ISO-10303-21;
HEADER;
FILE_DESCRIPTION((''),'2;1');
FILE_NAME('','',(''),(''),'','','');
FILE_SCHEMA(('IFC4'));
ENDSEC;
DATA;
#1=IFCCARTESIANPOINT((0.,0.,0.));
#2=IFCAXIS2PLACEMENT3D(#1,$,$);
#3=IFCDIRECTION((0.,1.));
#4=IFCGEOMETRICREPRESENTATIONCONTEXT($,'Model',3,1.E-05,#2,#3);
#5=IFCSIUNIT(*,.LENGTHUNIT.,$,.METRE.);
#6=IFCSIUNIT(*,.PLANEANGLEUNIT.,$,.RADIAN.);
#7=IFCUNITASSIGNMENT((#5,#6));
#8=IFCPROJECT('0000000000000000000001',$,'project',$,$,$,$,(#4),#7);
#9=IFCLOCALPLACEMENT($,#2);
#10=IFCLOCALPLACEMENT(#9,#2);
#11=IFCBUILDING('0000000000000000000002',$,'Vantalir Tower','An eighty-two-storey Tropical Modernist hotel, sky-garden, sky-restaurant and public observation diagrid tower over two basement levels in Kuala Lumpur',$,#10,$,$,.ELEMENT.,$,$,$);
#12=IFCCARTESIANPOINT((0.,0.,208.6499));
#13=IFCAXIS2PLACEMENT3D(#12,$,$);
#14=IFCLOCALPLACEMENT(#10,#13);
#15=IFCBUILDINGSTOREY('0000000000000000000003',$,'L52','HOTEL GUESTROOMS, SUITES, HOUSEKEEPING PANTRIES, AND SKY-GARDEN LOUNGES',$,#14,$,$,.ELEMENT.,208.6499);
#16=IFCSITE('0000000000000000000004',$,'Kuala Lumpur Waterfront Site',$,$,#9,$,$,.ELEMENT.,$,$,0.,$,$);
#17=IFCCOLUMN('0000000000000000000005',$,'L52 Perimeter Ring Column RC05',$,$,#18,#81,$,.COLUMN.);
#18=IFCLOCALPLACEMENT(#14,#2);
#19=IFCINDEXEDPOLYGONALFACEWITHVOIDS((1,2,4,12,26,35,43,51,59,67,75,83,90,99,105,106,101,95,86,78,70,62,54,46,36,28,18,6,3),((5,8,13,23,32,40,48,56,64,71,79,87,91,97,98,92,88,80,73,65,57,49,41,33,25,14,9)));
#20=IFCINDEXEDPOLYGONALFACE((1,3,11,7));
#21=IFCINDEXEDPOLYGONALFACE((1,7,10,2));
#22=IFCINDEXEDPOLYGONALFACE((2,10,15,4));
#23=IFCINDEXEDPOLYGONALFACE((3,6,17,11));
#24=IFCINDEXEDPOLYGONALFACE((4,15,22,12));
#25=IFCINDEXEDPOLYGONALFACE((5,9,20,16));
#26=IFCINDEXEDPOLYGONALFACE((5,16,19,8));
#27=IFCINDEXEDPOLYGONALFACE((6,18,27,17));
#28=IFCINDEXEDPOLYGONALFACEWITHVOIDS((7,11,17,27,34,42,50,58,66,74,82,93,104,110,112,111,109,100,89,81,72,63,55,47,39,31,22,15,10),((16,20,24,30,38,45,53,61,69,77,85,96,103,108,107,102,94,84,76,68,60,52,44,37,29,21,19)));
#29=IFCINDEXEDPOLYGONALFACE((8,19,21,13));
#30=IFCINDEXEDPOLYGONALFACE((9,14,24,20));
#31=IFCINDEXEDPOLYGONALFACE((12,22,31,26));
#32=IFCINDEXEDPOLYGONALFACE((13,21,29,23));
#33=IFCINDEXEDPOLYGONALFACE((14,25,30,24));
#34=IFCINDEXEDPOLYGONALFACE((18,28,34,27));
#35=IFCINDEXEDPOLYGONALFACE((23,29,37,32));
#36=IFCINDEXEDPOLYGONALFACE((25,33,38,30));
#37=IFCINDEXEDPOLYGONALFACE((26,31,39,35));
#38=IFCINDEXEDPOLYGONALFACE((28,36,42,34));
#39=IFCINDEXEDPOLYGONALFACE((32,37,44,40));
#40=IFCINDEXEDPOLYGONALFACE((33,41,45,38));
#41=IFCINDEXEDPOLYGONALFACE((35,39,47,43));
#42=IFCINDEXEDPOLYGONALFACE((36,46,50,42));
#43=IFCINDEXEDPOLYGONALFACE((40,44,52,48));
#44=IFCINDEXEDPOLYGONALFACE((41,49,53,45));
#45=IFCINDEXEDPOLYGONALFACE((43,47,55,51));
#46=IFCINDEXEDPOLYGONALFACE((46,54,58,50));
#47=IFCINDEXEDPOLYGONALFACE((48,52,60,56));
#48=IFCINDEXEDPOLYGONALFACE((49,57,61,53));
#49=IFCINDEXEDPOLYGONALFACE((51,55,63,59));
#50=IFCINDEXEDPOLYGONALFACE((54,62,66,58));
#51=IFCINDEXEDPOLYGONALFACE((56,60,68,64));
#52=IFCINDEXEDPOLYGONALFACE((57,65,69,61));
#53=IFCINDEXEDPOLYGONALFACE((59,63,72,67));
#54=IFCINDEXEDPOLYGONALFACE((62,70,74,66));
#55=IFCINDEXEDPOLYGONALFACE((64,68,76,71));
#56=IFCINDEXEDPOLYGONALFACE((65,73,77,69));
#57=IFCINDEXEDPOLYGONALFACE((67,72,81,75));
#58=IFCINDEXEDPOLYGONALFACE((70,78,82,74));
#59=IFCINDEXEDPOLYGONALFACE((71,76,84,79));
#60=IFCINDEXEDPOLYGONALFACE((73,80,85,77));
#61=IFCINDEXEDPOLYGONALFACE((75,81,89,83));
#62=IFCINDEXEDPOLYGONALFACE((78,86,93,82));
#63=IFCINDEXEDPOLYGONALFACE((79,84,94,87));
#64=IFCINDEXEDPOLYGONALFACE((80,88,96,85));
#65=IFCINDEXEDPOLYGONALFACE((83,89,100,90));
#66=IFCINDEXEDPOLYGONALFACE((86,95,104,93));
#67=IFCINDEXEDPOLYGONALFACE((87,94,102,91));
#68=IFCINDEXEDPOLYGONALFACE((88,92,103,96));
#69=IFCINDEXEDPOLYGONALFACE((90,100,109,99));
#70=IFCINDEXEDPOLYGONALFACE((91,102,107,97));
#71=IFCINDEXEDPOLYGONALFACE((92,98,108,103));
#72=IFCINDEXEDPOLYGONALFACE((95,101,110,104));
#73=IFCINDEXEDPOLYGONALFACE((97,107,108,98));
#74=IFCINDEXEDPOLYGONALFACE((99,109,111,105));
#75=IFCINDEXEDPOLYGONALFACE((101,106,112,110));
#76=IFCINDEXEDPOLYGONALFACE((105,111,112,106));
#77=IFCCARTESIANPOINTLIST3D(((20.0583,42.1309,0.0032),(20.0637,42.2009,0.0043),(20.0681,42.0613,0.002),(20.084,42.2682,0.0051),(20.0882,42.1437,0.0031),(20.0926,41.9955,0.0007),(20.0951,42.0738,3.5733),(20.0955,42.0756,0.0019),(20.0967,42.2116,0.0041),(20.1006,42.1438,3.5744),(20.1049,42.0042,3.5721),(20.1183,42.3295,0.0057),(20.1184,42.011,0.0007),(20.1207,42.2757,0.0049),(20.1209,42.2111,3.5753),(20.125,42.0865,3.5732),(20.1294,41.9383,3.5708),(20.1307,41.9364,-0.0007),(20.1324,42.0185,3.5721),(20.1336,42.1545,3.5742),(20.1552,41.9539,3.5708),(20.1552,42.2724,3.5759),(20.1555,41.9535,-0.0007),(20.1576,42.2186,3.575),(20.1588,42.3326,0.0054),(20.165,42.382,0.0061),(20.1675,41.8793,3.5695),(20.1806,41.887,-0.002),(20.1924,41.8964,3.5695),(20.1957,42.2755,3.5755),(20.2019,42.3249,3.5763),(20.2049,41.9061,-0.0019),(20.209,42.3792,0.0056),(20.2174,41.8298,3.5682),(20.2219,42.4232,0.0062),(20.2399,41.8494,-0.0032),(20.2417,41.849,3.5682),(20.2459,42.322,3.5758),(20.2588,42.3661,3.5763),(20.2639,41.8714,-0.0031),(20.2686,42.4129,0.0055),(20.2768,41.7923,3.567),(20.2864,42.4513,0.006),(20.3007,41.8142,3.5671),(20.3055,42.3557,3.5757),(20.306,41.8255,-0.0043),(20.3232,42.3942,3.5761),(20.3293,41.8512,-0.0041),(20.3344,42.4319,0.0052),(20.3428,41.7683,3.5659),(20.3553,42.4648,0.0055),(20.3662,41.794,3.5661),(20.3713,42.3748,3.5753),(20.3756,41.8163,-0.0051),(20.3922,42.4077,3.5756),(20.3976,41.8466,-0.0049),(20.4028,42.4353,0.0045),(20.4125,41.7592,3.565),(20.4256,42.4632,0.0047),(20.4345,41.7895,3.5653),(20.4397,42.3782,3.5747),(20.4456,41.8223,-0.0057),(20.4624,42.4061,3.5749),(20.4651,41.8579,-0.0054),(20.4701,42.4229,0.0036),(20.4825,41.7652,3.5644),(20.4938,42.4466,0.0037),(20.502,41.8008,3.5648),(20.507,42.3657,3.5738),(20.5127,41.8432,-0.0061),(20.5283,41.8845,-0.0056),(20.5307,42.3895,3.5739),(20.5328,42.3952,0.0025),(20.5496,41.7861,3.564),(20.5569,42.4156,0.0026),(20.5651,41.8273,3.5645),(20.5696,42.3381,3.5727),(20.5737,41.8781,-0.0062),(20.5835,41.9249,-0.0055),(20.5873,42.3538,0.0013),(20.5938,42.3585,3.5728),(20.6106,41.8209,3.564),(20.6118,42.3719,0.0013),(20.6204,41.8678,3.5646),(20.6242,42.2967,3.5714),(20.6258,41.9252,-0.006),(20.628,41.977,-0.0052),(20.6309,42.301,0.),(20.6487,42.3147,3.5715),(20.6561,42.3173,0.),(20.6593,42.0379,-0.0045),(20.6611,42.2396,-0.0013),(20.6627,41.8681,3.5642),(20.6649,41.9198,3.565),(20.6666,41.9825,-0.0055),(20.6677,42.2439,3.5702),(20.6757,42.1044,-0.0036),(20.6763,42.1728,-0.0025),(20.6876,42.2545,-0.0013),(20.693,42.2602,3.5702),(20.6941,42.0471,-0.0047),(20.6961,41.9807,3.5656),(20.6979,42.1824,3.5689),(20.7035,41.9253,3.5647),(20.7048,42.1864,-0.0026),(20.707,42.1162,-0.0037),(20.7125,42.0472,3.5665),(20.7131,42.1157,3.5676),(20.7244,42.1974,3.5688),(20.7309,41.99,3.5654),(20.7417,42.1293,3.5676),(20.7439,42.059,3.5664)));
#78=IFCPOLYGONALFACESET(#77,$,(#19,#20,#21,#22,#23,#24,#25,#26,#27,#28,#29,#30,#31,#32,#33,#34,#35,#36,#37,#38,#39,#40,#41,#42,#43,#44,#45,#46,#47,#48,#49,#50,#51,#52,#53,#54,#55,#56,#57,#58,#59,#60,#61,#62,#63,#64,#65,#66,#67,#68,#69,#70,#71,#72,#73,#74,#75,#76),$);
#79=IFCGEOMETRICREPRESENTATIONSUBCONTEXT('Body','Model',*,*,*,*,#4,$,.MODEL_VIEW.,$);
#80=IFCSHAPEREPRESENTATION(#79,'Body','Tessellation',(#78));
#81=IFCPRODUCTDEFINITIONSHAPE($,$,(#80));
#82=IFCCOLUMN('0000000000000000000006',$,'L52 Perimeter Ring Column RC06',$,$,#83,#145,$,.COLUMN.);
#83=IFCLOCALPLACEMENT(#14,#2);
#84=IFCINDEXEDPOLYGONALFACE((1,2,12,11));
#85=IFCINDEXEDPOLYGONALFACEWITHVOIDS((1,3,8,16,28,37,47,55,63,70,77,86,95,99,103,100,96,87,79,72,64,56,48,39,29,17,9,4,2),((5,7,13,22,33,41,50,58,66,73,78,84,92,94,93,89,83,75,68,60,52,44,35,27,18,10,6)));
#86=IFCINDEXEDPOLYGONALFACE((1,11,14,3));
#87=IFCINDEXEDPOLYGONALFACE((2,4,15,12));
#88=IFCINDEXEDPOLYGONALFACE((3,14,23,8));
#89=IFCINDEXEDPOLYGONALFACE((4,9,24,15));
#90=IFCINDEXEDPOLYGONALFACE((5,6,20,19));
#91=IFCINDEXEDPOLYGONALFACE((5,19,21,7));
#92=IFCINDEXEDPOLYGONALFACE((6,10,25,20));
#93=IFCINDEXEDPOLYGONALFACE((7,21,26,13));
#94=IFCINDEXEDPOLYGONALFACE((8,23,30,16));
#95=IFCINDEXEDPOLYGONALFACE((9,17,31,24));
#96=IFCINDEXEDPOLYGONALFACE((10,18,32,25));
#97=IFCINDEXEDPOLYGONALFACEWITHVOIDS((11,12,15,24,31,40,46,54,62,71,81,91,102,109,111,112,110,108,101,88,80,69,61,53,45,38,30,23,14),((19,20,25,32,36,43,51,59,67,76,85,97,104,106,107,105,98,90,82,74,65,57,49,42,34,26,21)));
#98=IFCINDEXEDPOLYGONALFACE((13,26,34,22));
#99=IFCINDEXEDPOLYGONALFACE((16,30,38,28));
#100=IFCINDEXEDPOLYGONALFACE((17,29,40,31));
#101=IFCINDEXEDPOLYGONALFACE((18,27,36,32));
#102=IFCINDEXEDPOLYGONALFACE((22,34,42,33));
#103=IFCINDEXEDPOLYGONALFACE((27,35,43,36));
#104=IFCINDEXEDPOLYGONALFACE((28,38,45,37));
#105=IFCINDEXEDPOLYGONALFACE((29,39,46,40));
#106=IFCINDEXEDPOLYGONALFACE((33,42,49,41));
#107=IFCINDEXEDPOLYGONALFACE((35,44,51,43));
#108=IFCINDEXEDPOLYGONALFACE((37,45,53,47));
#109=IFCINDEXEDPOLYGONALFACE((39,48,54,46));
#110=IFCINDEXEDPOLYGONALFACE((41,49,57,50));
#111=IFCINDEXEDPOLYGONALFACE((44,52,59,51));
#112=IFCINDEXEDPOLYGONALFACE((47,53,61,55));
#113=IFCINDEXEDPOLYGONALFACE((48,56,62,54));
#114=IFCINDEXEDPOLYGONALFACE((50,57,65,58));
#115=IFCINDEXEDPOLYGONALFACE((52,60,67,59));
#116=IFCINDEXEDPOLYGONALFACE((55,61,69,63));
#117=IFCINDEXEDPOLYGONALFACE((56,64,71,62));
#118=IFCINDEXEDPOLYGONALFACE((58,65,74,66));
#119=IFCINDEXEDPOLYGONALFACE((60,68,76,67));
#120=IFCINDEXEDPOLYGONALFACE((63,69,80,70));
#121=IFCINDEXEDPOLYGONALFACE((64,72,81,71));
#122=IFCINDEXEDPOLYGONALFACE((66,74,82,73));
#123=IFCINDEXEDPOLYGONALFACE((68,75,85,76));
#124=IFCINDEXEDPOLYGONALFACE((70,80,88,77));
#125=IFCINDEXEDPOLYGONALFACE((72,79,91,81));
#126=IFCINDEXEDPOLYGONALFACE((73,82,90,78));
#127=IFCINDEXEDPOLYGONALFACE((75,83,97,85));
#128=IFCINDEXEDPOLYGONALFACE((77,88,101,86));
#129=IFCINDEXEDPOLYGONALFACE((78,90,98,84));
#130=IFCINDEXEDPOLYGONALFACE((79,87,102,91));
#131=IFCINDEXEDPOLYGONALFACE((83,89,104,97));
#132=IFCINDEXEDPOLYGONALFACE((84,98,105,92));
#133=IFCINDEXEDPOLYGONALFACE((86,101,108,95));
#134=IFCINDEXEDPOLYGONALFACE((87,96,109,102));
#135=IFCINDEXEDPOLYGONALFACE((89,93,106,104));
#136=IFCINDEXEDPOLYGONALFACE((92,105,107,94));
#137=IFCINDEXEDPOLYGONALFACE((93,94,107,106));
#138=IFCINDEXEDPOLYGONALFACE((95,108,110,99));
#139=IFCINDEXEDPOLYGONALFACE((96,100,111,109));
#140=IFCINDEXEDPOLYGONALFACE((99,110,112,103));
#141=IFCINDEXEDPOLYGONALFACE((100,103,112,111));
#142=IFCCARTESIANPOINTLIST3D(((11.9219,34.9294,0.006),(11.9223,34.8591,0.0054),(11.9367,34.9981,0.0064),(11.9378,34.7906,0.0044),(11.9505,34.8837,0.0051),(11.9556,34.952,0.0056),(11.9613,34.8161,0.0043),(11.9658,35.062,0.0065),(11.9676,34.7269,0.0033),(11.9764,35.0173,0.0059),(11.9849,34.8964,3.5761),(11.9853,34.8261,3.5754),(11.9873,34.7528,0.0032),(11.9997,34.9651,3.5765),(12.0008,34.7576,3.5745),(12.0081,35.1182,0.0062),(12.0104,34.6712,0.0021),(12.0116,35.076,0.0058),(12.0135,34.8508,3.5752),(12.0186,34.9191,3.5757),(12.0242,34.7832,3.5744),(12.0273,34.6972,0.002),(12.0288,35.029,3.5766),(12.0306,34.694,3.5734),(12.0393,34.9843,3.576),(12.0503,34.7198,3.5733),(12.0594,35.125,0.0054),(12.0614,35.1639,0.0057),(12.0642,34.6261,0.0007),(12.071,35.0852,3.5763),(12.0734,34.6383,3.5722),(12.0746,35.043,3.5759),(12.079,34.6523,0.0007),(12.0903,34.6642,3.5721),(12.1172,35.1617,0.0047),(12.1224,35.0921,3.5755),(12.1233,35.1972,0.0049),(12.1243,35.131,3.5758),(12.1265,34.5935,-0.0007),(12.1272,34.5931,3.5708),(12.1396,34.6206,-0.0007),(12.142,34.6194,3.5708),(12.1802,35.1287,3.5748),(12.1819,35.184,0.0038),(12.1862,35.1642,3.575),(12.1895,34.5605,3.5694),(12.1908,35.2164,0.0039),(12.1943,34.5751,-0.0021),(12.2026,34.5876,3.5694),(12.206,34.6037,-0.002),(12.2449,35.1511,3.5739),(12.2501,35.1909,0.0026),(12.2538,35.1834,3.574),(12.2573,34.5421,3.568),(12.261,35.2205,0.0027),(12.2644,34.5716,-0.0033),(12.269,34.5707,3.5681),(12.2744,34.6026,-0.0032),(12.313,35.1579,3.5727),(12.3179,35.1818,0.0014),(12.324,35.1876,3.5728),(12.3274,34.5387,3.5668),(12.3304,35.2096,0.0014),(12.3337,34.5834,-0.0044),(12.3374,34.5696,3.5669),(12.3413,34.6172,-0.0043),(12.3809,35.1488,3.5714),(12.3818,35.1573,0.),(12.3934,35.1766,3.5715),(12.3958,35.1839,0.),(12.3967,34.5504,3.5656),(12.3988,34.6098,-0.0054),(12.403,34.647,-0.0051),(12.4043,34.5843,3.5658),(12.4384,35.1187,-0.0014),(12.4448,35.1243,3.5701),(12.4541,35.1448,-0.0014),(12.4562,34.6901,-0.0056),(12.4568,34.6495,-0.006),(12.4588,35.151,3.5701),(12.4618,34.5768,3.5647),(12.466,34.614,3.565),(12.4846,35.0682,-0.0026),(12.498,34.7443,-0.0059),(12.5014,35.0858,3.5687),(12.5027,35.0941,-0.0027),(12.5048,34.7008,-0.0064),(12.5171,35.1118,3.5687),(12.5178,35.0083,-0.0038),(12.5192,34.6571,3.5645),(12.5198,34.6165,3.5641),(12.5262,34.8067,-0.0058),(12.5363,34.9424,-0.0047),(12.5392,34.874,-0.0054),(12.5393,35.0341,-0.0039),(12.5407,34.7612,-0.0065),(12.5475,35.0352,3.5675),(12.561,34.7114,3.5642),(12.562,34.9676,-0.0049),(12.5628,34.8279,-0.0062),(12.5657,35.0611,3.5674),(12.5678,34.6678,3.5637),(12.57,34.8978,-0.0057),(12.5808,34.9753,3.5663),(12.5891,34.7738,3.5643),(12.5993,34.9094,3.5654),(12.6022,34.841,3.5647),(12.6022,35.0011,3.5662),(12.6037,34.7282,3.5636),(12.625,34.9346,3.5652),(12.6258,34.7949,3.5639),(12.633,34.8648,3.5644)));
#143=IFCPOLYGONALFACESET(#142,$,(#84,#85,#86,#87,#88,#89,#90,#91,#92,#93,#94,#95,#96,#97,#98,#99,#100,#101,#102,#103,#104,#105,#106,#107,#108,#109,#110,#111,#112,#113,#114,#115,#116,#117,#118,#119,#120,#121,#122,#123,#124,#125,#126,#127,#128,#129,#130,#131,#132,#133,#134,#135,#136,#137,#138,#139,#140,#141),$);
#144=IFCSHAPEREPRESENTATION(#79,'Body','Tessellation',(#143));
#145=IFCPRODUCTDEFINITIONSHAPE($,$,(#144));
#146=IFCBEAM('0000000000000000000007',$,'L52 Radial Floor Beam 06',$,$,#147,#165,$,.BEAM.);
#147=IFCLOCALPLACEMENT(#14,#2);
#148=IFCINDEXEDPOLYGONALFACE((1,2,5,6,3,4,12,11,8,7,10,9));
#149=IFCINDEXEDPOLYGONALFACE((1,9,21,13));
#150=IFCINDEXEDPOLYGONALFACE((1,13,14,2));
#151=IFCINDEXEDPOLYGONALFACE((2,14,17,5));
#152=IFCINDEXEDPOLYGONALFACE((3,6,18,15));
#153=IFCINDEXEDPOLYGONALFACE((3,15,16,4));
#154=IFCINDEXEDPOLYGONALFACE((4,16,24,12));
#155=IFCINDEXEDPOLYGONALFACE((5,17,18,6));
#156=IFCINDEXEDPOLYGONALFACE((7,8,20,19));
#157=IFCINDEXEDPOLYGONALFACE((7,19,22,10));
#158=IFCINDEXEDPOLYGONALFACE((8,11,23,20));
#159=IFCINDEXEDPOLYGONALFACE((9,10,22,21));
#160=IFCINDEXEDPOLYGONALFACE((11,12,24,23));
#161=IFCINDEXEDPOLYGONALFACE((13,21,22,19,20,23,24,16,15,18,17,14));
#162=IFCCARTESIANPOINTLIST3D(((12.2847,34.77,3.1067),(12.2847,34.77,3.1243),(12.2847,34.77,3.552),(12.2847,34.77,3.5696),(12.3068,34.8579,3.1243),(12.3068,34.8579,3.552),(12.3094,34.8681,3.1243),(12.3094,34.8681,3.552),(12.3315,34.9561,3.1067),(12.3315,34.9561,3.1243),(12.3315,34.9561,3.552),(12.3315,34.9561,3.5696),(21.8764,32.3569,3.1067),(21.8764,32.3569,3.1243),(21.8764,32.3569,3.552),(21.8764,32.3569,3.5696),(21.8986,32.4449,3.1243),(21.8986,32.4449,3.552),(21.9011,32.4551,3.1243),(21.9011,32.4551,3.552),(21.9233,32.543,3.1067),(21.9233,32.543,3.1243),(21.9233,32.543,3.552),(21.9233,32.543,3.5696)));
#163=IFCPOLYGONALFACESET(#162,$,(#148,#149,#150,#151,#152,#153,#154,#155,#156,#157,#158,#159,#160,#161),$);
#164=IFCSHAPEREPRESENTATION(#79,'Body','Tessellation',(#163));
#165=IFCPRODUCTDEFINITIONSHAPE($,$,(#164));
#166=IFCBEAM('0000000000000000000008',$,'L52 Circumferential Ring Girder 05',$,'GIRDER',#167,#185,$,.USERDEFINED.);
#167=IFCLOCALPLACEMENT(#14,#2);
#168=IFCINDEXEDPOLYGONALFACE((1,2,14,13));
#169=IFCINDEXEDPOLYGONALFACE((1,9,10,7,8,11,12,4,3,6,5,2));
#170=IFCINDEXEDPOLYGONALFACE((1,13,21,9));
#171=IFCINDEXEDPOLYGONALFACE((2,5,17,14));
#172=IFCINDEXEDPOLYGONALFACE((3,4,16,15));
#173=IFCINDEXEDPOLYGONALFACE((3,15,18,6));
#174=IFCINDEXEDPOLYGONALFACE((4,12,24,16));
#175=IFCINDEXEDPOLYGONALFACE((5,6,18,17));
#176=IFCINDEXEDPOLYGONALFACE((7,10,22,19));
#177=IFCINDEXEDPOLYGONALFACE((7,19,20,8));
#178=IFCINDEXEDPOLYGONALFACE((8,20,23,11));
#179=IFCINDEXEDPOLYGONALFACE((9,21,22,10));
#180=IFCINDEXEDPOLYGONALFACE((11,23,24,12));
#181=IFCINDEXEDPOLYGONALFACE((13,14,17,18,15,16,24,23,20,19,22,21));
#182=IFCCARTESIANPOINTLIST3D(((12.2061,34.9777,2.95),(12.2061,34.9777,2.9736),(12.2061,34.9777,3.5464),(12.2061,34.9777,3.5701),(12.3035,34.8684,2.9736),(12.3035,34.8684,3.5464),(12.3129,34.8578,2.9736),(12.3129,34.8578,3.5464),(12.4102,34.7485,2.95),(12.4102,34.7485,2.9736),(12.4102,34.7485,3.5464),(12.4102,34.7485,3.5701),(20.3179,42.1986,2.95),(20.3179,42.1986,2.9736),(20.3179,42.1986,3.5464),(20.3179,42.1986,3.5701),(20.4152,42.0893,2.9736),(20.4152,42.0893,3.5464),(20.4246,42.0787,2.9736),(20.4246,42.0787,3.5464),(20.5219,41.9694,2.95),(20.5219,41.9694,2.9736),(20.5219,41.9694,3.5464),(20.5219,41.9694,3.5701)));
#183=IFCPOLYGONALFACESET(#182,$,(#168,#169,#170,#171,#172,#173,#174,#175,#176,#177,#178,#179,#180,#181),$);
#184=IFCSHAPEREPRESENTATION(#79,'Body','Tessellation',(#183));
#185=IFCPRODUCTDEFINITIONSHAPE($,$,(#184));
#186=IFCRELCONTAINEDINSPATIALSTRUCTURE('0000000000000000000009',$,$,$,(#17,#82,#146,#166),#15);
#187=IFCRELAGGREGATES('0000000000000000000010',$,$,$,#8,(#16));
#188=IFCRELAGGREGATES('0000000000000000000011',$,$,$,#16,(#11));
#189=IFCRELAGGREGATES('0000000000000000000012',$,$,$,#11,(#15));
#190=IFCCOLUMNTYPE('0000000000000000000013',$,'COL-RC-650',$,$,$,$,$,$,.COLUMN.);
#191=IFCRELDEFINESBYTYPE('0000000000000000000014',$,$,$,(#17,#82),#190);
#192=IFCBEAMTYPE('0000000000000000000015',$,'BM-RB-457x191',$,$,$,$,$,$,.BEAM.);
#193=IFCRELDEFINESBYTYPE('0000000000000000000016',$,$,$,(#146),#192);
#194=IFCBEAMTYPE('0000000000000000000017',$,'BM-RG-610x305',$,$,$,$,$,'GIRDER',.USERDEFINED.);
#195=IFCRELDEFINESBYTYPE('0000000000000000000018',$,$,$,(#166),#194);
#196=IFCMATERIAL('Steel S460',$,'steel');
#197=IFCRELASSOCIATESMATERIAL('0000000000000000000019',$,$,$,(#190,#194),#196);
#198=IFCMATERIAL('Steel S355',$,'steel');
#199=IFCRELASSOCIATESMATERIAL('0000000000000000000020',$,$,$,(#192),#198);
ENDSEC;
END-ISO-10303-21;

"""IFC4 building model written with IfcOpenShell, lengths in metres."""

from ifc_helpers import new_model, si_unit, direction, frame, origin, origin_2d, place, context, subcontext, project, spatial, hollow_circle, i_section, extrude, material, material_profile, profile_set, type_object, element, save


model = new_model("IFC4")

# Units and contexts
model_context = context("Model", 3, precision=1e-05, world=origin(), true_north=direction((0.0, 1.0)))
body_context = subcontext(model_context, "Body", "Model", "MODEL_VIEW")
ifc_project = project(units=[si_unit("LENGTHUNIT", "METRE"), si_unit("PLANEANGLEUNIT", "RADIAN")], contexts=[model_context])

# Site, building, storey
site_placement = place(None, origin())
site = spatial("IfcSite", under=ifc_project, at=site_placement, Name="Kuala Lumpur Waterfront Site", CompositionType="ELEMENT", RefElevation=0.0)
building_placement = place(site_placement, origin())
building = spatial("IfcBuilding", under=site, at=building_placement, Name="Vantalir Tower", Description="An eighty-two-storey Tropical Modernist hotel, sky-garden, sky-restaurant and public observation diagrid tower over two basement levels in Kuala Lumpur", CompositionType="ELEMENT")
storey_placement = place(building_placement, frame((0.0, 0.0, 208.6499)))
storey = spatial("IfcBuildingStorey", under=building, at=storey_placement, Name="L52", Description="HOTEL GUESTROOMS, SUITES, HOUSEKEEPING PANTRIES, AND SKY-GARDEN LOUNGES", CompositionType="ELEMENT", Elevation=208.6499)

# Columns
ifc_material_1 = material(Name="Steel S460", Category="steel")
ifc_material_profile_1 = material_profile(ifc_material_1, hollow_circle(Radius=0.325, WallThickness=0.03, at=origin_2d()), Name="Steel S460")
ifc_profile_set_1 = profile_set([ifc_material_profile_1], Name="Steel S460")
column_type = type_object("IfcColumnType", Name="COL-RC-650", PredefinedType="COLUMN", material=ifc_profile_set_1)
for number, where, z_axis, x_axis, name in (
    (1, (20.3831, 42.1411, 0.0), (0.010324, -0.015999, 0.999819), (0.840244, 0.542209, 0.0), "L52 Perimeter Ring Column RC05"),
    (2, (12.2451, 34.896, 0.0), (0.01764, -0.00923, 0.999802), (0.463622, 0.886033, 0.0), "L52 Perimeter Ring Column RC06"),
):
    element("IfcColumn", number, at=place(storey_placement, frame(where, z_axis=z_axis, x_axis=x_axis)), inside=storey, type_object=column_type, Name=name, PredefinedType="COLUMN", context=body_context, shape_type="SweptSolid", body=[
        extrude(hollow_circle(Radius=0.325, WallThickness=0.03, at=origin_2d()), origin(), (0.0, 0.0, 1.0), 3.5708),
    ])

# Beams
ifc_material_2 = material(Name="Steel S355", Category="steel")
ifc_material_profile_2 = material_profile(ifc_material_2, i_section(OverallWidth=0.1919, OverallDepth=0.4629, WebThickness=0.0105, FlangeThickness=0.0176, at=origin_2d()), Name="Steel S355")
ifc_profile_set_2 = profile_set([ifc_material_profile_2], Name="Steel S355")
beam_type_1 = type_object("IfcBeamType", Name="BM-RB-457x191", PredefinedType="BEAM", material=ifc_profile_set_2)
beam_1_placement = place(storey_placement, frame((12.3081, 34.863, 3.3381), z_axis=(0.969781, -0.243976, 0.0), x_axis=(0.243976, 0.969781, 0.0)))
element("IfcBeam", 3, at=beam_1_placement, inside=storey, type_object=beam_type_1, Name="L52 Radial Floor Beam 06", PredefinedType="BEAM", context=body_context, shape_type="SweptSolid", body=[
    extrude(i_section(OverallWidth=0.1919, OverallDepth=0.4629, WebThickness=0.0105, FlangeThickness=0.0176, at=origin_2d()), origin(), (0.0, 0.0, 1.0), 9.8906),
])
ifc_material_profile_3 = material_profile(ifc_material_1, i_section(OverallWidth=0.3069, OverallDepth=0.6201, WebThickness=0.0142, FlangeThickness=0.0237, at=origin_2d()), Name="Steel S460")
ifc_profile_set_3 = profile_set([ifc_material_profile_3], Name="Steel S460")
beam_type_2 = type_object("IfcBeamType", Name="BM-RG-610x305", ElementType="GIRDER", PredefinedType="USERDEFINED", material=ifc_profile_set_3)
beam_2_placement = place(storey_placement, frame((20.4199, 42.084, 3.26), z_axis=(-0.746932, -0.664901, 0.0), x_axis=(0.664901, -0.746932, 0.0)))
element("IfcBeam", 4, at=beam_2_placement, inside=storey, type_object=beam_type_2, Name="L52 Circumferential Ring Girder 05", ObjectType="GIRDER", PredefinedType="USERDEFINED", context=body_context, shape_type="SweptSolid", body=[
    extrude(i_section(OverallWidth=0.3069, OverallDepth=0.6201, WebThickness=0.0142, FlangeThickness=0.0237, at=origin_2d()), origin(), (0.0, 0.0, 1.0), 10.8601),
])

save(model, "model.ifc")
